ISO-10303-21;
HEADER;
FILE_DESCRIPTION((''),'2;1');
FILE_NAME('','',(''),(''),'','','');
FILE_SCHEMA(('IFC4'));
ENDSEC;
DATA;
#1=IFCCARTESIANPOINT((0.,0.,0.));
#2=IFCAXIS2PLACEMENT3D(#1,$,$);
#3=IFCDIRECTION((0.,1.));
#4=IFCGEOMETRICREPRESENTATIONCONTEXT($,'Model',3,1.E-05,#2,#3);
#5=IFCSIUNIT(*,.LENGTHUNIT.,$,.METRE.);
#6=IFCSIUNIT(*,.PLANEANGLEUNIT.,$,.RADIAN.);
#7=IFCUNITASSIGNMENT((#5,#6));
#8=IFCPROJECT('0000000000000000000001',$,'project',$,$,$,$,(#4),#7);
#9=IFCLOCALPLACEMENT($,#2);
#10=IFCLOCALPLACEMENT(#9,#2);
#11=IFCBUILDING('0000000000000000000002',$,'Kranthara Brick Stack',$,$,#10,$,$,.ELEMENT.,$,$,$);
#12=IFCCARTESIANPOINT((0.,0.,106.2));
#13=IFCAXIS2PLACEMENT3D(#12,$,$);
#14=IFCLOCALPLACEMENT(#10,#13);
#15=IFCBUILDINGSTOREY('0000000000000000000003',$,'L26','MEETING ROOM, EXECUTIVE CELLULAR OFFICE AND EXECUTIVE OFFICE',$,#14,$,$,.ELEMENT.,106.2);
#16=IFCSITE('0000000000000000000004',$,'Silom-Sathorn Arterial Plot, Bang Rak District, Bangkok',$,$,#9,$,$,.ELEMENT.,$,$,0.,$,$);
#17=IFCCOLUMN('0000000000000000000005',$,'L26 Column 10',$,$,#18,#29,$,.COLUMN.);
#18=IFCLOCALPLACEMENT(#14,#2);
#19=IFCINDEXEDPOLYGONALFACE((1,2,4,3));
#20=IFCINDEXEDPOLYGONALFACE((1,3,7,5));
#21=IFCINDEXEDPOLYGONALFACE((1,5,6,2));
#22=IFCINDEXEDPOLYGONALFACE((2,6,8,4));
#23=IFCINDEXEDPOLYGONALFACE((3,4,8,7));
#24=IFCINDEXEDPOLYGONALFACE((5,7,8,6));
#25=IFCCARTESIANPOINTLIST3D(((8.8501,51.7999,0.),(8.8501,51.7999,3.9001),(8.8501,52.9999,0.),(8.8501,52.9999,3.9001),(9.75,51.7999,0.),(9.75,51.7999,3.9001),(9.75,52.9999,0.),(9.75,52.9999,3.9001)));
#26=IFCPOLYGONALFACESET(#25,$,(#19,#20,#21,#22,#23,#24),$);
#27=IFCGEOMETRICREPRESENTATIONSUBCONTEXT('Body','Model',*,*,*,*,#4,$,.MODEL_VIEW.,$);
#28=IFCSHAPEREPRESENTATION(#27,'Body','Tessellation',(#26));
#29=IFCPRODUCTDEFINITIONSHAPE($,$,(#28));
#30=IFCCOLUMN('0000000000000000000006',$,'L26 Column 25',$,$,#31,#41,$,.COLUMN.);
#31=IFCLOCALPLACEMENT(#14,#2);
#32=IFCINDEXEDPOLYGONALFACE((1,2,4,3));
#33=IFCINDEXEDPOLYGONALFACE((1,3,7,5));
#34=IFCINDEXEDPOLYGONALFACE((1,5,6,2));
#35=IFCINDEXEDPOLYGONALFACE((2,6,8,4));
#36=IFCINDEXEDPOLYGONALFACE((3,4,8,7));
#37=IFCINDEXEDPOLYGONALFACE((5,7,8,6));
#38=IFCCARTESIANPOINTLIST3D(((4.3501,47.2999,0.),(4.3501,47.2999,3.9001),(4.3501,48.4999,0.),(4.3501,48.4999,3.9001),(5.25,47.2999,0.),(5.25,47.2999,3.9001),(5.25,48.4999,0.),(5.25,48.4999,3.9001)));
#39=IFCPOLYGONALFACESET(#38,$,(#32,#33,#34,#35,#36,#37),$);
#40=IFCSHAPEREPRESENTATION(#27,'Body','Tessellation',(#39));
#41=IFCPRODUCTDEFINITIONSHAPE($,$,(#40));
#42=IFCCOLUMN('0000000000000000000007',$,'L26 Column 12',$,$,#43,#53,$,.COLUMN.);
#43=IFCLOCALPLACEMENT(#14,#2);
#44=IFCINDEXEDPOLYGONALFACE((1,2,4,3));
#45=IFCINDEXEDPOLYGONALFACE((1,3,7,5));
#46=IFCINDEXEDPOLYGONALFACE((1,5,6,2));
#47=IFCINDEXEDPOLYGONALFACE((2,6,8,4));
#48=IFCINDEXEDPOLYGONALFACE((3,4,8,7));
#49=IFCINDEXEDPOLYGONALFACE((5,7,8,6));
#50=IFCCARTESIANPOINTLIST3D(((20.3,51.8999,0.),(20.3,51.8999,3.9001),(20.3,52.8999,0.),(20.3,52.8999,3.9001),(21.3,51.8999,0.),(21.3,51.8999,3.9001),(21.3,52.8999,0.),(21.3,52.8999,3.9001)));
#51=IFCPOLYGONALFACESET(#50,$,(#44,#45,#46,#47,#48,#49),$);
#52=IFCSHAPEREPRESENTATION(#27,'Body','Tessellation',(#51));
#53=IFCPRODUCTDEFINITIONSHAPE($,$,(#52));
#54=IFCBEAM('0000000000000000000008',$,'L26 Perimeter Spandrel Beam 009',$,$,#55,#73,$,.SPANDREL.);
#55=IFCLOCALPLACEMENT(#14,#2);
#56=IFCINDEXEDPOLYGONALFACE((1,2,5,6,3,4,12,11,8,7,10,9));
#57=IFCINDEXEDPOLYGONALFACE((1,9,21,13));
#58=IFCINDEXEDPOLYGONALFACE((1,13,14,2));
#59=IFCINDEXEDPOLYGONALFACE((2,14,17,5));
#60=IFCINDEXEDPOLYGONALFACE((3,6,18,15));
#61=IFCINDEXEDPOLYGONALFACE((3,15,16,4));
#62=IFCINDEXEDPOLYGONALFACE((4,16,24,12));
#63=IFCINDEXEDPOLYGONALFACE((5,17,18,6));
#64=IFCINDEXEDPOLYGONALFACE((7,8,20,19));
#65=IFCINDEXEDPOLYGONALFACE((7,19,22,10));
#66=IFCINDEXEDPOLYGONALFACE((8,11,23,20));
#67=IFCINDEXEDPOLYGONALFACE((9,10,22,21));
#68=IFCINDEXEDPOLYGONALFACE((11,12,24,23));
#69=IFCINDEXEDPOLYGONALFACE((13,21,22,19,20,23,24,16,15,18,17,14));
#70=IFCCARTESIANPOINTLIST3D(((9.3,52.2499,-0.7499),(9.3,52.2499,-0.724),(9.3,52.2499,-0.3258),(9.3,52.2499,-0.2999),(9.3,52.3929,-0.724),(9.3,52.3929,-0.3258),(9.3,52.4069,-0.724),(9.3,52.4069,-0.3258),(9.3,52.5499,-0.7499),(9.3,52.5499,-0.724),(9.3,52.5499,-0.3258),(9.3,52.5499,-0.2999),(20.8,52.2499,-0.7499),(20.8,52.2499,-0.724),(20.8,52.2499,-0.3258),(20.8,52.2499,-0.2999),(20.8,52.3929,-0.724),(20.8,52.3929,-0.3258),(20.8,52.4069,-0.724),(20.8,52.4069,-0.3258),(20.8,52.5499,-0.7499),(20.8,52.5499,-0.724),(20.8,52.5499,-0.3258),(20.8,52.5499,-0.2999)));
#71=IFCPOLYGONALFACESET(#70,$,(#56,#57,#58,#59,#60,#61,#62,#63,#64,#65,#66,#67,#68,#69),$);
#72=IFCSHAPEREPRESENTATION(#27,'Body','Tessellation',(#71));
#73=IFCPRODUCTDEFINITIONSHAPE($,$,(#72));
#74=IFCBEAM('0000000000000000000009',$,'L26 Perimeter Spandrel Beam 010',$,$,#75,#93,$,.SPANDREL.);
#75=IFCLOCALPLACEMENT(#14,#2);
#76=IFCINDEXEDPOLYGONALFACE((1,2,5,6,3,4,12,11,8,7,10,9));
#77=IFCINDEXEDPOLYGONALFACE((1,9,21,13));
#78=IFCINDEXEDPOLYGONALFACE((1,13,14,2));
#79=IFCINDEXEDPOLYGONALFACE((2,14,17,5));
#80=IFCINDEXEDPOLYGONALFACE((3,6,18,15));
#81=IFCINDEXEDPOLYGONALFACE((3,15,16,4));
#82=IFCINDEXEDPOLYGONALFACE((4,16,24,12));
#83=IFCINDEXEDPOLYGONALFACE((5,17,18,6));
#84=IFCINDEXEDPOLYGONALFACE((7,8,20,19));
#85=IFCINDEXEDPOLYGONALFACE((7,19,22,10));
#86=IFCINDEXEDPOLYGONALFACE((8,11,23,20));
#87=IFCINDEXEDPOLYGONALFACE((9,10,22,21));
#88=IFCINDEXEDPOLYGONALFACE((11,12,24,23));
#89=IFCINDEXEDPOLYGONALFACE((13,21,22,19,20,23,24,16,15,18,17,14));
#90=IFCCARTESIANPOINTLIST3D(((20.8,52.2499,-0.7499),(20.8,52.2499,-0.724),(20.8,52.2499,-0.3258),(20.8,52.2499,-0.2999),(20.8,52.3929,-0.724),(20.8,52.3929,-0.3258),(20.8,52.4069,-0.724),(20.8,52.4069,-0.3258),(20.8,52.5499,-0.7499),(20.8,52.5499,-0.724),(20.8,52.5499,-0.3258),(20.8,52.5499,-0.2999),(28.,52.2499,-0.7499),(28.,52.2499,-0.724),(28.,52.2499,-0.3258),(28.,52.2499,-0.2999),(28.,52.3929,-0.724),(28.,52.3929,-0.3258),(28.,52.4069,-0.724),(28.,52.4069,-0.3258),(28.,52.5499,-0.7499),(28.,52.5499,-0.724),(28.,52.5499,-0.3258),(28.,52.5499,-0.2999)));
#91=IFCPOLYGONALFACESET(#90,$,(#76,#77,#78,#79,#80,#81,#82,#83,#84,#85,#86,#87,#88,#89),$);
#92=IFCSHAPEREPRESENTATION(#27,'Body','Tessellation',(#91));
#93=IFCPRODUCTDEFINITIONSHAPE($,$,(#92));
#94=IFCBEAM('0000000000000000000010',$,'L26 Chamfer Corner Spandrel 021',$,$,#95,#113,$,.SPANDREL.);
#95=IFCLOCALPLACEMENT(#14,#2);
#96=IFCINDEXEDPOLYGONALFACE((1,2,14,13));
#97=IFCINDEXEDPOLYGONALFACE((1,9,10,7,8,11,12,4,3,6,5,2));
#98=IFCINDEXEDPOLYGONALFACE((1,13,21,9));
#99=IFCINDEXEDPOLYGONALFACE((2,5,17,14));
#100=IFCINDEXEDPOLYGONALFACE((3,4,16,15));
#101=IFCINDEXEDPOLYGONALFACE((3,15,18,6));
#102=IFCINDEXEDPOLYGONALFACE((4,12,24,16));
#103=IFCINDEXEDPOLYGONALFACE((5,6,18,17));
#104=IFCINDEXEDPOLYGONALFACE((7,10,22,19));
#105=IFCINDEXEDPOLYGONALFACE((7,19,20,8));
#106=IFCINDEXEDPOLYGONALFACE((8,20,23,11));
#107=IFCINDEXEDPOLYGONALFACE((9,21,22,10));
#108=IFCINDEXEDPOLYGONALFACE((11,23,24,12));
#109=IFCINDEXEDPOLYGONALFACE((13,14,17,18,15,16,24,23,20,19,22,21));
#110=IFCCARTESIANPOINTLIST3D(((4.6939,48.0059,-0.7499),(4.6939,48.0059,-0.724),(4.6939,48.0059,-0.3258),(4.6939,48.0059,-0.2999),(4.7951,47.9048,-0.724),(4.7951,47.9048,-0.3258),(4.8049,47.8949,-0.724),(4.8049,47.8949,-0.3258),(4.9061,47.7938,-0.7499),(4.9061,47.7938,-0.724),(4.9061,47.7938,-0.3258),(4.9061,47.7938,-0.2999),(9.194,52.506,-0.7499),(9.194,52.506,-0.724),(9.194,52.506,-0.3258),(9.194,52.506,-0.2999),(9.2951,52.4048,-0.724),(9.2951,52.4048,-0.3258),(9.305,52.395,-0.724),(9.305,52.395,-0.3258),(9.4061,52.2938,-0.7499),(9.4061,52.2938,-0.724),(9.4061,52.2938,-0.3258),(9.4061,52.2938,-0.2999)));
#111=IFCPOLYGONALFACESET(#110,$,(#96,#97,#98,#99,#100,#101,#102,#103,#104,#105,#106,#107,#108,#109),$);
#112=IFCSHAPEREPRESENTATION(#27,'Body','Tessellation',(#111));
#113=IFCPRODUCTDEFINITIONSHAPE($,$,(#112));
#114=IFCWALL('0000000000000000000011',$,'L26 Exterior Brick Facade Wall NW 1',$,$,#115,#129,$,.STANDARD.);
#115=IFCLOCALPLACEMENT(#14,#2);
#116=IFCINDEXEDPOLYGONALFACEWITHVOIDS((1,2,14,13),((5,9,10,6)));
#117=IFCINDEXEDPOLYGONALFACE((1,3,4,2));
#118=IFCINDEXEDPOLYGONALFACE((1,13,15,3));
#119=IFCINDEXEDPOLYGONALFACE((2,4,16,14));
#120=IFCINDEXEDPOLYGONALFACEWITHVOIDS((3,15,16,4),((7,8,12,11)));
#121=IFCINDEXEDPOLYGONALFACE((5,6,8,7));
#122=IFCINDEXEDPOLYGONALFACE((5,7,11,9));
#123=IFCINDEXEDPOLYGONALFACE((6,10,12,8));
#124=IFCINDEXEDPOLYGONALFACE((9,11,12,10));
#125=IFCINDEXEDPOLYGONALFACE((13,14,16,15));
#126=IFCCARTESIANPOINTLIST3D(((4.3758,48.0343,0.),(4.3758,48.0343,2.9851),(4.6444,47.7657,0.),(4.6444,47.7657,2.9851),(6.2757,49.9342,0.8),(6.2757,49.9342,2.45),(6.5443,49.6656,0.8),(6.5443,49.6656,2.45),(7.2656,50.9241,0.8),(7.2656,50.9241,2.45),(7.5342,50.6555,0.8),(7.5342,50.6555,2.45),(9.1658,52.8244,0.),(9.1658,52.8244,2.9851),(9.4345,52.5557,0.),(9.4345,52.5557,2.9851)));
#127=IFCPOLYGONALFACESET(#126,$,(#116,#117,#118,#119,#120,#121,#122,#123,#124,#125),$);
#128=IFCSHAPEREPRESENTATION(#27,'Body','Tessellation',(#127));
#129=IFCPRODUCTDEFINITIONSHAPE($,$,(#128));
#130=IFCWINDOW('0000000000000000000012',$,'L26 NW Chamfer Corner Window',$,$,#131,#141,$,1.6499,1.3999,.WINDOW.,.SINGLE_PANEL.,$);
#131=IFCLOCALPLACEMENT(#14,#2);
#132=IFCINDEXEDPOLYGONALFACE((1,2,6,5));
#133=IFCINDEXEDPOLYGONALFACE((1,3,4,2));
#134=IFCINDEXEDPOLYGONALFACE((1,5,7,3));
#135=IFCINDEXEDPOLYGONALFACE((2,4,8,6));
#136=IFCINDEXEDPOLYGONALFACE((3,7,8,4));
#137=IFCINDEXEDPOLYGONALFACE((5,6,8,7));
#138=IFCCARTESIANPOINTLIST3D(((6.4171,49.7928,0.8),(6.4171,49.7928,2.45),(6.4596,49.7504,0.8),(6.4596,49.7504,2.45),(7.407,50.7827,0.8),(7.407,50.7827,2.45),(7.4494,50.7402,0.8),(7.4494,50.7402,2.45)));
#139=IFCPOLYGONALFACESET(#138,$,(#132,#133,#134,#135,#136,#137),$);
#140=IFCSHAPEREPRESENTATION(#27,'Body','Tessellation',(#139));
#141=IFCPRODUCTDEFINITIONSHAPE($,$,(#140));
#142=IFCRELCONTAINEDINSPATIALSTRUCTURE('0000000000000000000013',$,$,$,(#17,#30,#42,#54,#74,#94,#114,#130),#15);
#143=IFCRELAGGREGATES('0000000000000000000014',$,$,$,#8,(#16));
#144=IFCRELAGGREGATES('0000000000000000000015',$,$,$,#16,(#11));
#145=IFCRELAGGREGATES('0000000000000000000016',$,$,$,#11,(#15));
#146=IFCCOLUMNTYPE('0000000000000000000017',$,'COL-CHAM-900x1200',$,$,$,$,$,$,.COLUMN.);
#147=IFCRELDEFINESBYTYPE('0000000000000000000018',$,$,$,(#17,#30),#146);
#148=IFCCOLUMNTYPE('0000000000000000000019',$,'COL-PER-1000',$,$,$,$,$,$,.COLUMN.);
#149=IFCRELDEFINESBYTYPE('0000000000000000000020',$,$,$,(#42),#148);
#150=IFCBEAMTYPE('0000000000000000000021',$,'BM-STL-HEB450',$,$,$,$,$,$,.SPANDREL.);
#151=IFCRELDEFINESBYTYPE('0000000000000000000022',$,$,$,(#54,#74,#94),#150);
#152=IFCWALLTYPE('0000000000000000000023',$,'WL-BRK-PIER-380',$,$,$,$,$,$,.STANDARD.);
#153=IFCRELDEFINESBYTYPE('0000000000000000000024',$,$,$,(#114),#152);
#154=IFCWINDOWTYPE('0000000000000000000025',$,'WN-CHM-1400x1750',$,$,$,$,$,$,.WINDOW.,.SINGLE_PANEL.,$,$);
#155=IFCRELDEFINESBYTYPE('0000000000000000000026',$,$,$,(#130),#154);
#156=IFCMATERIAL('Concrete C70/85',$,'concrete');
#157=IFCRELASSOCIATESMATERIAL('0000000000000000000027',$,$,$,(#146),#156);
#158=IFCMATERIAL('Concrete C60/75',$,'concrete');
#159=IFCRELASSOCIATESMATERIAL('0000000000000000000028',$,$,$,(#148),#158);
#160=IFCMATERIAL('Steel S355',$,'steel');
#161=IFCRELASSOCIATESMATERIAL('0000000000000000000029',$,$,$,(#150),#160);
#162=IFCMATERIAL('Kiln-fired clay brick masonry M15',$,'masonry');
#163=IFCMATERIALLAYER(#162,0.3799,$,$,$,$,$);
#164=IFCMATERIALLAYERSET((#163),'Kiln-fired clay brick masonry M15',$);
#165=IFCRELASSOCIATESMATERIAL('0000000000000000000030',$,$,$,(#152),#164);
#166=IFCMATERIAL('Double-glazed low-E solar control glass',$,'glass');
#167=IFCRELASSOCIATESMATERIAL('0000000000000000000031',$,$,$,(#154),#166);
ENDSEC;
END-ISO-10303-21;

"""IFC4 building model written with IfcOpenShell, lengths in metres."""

from ifc_helpers import new_model, si_unit, direction, frame, frame_2d, origin, origin_2d, place, context, subcontext, project, spatial, rectangle, i_section, extrude, material, layer, layer_set, material_profile, profile_set, type_object, element, fill, save


model = new_model("IFC4")

# Units and contexts
model_context = context("Model", 3, precision=1e-05, world=origin(), true_north=direction((0.0, 1.0)))
body_context = subcontext(model_context, "Body", "Model", "MODEL_VIEW")
ifc_project = project(units=[si_unit("LENGTHUNIT", "METRE"), si_unit("PLANEANGLEUNIT", "RADIAN")], contexts=[model_context])

# Site, building, storey
site_placement = place(None, origin())
site = spatial("IfcSite", under=ifc_project, at=site_placement, Name="Silom-Sathorn Arterial Plot, Bang Rak District, Bangkok", CompositionType="ELEMENT", RefElevation=0.0)
building_placement = place(site_placement, origin())
building = spatial("IfcBuilding", under=site, at=building_placement, Name="Kranthara Brick Stack", CompositionType="ELEMENT")
storey_placement = place(building_placement, frame((0.0, 0.0, 106.2)))
storey = spatial("IfcBuildingStorey", under=building, at=storey_placement, Name="L26", Description="MEETING ROOM, EXECUTIVE CELLULAR OFFICE AND EXECUTIVE OFFICE", CompositionType="ELEMENT", Elevation=106.2)

# Columns
ifc_material_1 = material(Name="Concrete C70/85", Category="concrete")
ifc_material_profile_1 = material_profile(ifc_material_1, rectangle(XDim=0.8999, YDim=1.2, at=origin_2d()), Name="RC 900x1200")
ifc_profile_set_1 = profile_set([ifc_material_profile_1], Name="Concrete C70/85")
column_type_1 = type_object("IfcColumnType", Name="COL-CHAM-900x1200", PredefinedType="COLUMN", material=ifc_profile_set_1)
for number, where, z_axis, x_axis, name in (
    (1, (9.3, 52.3999, 0.0), (0.0, 0.0, 1.0), (1.0, 0.0, 0.0), "L26 Column 10"),
    (2, (4.8, 47.8999, 0.0), (0.0, 0.0, 1.0), (1.0, 0.0, 0.0), "L26 Column 25"),
):
    element("IfcColumn", number, at=place(storey_placement, frame(where, z_axis=z_axis, x_axis=x_axis)), inside=storey, type_object=column_type_1, Name=name, PredefinedType="COLUMN", context=body_context, shape_type="SweptSolid", body=[
        extrude(rectangle(XDim=0.8999, YDim=1.2, at=origin_2d()), origin(), (0.0, 0.0, 1.0), 3.9001),
    ])
ifc_material_2 = material(Name="Concrete C60/75", Category="concrete")
ifc_material_profile_2 = material_profile(ifc_material_2, rectangle(XDim=1.0, YDim=1.0, at=origin_2d()), Name="RC 1000x1000")
ifc_profile_set_2 = profile_set([ifc_material_profile_2], Name="Concrete C60/75")
column_type_2 = type_object("IfcColumnType", Name="COL-PER-1000", PredefinedType="COLUMN", material=ifc_profile_set_2)
column_placement = place(storey_placement, frame((20.8, 52.3999, 0.0), z_axis=(0.0, 0.0, 1.0), x_axis=(1.0, 0.0, 0.0)))
element("IfcColumn", 3, at=column_placement, inside=storey, type_object=column_type_2, Name="L26 Column 12", PredefinedType="COLUMN", context=body_context, shape_type="SweptSolid", body=[
    extrude(rectangle(XDim=1.0, YDim=1.0, at=origin_2d()), origin(), (0.0, 0.0, 1.0), 3.9001),
])

# Beams
ifc_material_3 = material(Name="Steel S355", Category="steel")
ifc_material_profile_3 = material_profile(ifc_material_3, i_section(OverallWidth=0.3, OverallDepth=0.45, WebThickness=0.0139, FlangeThickness=0.0259, at=origin_2d()), Name="HEB 450")
ifc_profile_set_3 = profile_set([ifc_material_profile_3], Name="Steel S355")
beam_type = type_object("IfcBeamType", Name="BM-STL-HEB450", PredefinedType="SPANDREL", material=ifc_profile_set_3)
beam_1_placement = place(storey_placement, frame((9.3, 52.3999, -0.5249), z_axis=(1.0, 0.0, 0.0), x_axis=(0.0, 1.0, 0.0)))
element("IfcBeam", 4, at=beam_1_placement, inside=storey, type_object=beam_type, Name="L26 Perimeter Spandrel Beam 009", PredefinedType="SPANDREL", context=body_context, shape_type="SweptSolid", body=[
    extrude(i_section(OverallWidth=0.3, OverallDepth=0.45, WebThickness=0.0139, FlangeThickness=0.0259, at=origin_2d()), origin(), (0.0, 0.0, 1.0), 11.5),
])
beam_2_placement = place(storey_placement, frame((20.8, 52.3999, -0.5249), z_axis=(1.0, 0.0, 0.0), x_axis=(0.0, 1.0, 0.0)))
element("IfcBeam", 5, at=beam_2_placement, inside=storey, type_object=beam_type, Name="L26 Perimeter Spandrel Beam 010", PredefinedType="SPANDREL", context=body_context, shape_type="SweptSolid", body=[
    extrude(i_section(OverallWidth=0.3, OverallDepth=0.45, WebThickness=0.0139, FlangeThickness=0.0259, at=origin_2d()), origin(), (0.0, 0.0, 1.0), 7.2),
])
beam_3_placement = place(storey_placement, frame((9.3, 52.3999, -0.5249), z_axis=(-0.707107, -0.707107, 0.0), x_axis=(0.707107, -0.707107, 0.0)))
element("IfcBeam", 6, at=beam_3_placement, inside=storey, type_object=beam_type, Name="L26 Chamfer Corner Spandrel 021", PredefinedType="SPANDREL", context=body_context, shape_type="SweptSolid", body=[
    extrude(i_section(OverallWidth=0.3, OverallDepth=0.45, WebThickness=0.0139, FlangeThickness=0.0259, at=origin_2d()), origin(), (0.0, 0.0, 1.0), 6.364),
])

# Wall, opening, window
ifc_material_4 = material(Name="Kiln-fired clay brick masonry M15", Category="masonry")
ifc_layer_1 = layer(ifc_material_4, 0.3799)
ifc_layer_set_1 = layer_set([ifc_layer_1], Name="Kiln-fired clay brick masonry M15")
wall_type_1 = type_object("IfcWallType", Name="WL-BRK-PIER-380", PredefinedType="STANDARD", material=ifc_layer_set_1)
wall_1_placement = place(storey_placement, frame((4.51, 47.8999, 0.0), z_axis=(0.0, 0.0, 1.0), x_axis=(0.707107, 0.707107, 0.0)))
wall_1 = element("IfcWall", 7, at=wall_1_placement, inside=storey, type_object=wall_type_1, Name="L26 Exterior Brick Facade Wall NW 1", PredefinedType="STANDARD", context=body_context, shape_type="SweptSolid", body=[
    extrude(rectangle(XDim=6.7742, YDim=0.3799, at=frame_2d((3.3872, 0.0))), origin(), (0.0, 0.0, 1.0), 2.9851),
])
opening_1_placement = place(wall_1_placement, frame((2.687, 0.0, 0.8)))
opening_1 = element("IfcOpeningElement", 8, at=opening_1_placement, cuts=wall_1, PredefinedType="OPENING", context=body_context, shape_type="SweptSolid", body=[
    extrude(rectangle(XDim=1.3999, YDim=1.6499, at=frame_2d((0.7, 0.825))), frame((0.0, 0.2, 0.0), z_axis=(0.0, -1.0, 0.0), x_axis=(1.0, 0.0, 0.0)), (0.0, 0.0, 1.0), 0.3999),
])
ifc_material_5 = material(Name="Double-glazed low-E solar control glass", Category="glass")
window_type_1 = type_object("IfcWindowType", Name="WN-CHM-1400x1750", PartitioningType="SINGLE_PANEL", PredefinedType="WINDOW", material=ifc_material_5)
window_1_placement = place(opening_1_placement, origin())
window_1 = element("IfcWindow", 9, at=window_1_placement, inside=storey, type_object=window_type_1, Name="L26 NW Chamfer Corner Window", OverallHeight=1.6499, OverallWidth=1.3999, PartitioningType="SINGLE_PANEL", PredefinedType="WINDOW", context=body_context, shape_type="SweptSolid", body=[
    extrude(rectangle(XDim=1.3999, YDim=1.6499, at=frame_2d((0.7, 0.825))), frame((0.0, -0.01, 0.0), z_axis=(0.0, -1.0, 0.0), x_axis=(1.0, 0.0, 0.0)), (0.0, 0.0, 1.0), 0.0601),
])
fill(opening_1, window_1)

save(model, "model.ifc")
